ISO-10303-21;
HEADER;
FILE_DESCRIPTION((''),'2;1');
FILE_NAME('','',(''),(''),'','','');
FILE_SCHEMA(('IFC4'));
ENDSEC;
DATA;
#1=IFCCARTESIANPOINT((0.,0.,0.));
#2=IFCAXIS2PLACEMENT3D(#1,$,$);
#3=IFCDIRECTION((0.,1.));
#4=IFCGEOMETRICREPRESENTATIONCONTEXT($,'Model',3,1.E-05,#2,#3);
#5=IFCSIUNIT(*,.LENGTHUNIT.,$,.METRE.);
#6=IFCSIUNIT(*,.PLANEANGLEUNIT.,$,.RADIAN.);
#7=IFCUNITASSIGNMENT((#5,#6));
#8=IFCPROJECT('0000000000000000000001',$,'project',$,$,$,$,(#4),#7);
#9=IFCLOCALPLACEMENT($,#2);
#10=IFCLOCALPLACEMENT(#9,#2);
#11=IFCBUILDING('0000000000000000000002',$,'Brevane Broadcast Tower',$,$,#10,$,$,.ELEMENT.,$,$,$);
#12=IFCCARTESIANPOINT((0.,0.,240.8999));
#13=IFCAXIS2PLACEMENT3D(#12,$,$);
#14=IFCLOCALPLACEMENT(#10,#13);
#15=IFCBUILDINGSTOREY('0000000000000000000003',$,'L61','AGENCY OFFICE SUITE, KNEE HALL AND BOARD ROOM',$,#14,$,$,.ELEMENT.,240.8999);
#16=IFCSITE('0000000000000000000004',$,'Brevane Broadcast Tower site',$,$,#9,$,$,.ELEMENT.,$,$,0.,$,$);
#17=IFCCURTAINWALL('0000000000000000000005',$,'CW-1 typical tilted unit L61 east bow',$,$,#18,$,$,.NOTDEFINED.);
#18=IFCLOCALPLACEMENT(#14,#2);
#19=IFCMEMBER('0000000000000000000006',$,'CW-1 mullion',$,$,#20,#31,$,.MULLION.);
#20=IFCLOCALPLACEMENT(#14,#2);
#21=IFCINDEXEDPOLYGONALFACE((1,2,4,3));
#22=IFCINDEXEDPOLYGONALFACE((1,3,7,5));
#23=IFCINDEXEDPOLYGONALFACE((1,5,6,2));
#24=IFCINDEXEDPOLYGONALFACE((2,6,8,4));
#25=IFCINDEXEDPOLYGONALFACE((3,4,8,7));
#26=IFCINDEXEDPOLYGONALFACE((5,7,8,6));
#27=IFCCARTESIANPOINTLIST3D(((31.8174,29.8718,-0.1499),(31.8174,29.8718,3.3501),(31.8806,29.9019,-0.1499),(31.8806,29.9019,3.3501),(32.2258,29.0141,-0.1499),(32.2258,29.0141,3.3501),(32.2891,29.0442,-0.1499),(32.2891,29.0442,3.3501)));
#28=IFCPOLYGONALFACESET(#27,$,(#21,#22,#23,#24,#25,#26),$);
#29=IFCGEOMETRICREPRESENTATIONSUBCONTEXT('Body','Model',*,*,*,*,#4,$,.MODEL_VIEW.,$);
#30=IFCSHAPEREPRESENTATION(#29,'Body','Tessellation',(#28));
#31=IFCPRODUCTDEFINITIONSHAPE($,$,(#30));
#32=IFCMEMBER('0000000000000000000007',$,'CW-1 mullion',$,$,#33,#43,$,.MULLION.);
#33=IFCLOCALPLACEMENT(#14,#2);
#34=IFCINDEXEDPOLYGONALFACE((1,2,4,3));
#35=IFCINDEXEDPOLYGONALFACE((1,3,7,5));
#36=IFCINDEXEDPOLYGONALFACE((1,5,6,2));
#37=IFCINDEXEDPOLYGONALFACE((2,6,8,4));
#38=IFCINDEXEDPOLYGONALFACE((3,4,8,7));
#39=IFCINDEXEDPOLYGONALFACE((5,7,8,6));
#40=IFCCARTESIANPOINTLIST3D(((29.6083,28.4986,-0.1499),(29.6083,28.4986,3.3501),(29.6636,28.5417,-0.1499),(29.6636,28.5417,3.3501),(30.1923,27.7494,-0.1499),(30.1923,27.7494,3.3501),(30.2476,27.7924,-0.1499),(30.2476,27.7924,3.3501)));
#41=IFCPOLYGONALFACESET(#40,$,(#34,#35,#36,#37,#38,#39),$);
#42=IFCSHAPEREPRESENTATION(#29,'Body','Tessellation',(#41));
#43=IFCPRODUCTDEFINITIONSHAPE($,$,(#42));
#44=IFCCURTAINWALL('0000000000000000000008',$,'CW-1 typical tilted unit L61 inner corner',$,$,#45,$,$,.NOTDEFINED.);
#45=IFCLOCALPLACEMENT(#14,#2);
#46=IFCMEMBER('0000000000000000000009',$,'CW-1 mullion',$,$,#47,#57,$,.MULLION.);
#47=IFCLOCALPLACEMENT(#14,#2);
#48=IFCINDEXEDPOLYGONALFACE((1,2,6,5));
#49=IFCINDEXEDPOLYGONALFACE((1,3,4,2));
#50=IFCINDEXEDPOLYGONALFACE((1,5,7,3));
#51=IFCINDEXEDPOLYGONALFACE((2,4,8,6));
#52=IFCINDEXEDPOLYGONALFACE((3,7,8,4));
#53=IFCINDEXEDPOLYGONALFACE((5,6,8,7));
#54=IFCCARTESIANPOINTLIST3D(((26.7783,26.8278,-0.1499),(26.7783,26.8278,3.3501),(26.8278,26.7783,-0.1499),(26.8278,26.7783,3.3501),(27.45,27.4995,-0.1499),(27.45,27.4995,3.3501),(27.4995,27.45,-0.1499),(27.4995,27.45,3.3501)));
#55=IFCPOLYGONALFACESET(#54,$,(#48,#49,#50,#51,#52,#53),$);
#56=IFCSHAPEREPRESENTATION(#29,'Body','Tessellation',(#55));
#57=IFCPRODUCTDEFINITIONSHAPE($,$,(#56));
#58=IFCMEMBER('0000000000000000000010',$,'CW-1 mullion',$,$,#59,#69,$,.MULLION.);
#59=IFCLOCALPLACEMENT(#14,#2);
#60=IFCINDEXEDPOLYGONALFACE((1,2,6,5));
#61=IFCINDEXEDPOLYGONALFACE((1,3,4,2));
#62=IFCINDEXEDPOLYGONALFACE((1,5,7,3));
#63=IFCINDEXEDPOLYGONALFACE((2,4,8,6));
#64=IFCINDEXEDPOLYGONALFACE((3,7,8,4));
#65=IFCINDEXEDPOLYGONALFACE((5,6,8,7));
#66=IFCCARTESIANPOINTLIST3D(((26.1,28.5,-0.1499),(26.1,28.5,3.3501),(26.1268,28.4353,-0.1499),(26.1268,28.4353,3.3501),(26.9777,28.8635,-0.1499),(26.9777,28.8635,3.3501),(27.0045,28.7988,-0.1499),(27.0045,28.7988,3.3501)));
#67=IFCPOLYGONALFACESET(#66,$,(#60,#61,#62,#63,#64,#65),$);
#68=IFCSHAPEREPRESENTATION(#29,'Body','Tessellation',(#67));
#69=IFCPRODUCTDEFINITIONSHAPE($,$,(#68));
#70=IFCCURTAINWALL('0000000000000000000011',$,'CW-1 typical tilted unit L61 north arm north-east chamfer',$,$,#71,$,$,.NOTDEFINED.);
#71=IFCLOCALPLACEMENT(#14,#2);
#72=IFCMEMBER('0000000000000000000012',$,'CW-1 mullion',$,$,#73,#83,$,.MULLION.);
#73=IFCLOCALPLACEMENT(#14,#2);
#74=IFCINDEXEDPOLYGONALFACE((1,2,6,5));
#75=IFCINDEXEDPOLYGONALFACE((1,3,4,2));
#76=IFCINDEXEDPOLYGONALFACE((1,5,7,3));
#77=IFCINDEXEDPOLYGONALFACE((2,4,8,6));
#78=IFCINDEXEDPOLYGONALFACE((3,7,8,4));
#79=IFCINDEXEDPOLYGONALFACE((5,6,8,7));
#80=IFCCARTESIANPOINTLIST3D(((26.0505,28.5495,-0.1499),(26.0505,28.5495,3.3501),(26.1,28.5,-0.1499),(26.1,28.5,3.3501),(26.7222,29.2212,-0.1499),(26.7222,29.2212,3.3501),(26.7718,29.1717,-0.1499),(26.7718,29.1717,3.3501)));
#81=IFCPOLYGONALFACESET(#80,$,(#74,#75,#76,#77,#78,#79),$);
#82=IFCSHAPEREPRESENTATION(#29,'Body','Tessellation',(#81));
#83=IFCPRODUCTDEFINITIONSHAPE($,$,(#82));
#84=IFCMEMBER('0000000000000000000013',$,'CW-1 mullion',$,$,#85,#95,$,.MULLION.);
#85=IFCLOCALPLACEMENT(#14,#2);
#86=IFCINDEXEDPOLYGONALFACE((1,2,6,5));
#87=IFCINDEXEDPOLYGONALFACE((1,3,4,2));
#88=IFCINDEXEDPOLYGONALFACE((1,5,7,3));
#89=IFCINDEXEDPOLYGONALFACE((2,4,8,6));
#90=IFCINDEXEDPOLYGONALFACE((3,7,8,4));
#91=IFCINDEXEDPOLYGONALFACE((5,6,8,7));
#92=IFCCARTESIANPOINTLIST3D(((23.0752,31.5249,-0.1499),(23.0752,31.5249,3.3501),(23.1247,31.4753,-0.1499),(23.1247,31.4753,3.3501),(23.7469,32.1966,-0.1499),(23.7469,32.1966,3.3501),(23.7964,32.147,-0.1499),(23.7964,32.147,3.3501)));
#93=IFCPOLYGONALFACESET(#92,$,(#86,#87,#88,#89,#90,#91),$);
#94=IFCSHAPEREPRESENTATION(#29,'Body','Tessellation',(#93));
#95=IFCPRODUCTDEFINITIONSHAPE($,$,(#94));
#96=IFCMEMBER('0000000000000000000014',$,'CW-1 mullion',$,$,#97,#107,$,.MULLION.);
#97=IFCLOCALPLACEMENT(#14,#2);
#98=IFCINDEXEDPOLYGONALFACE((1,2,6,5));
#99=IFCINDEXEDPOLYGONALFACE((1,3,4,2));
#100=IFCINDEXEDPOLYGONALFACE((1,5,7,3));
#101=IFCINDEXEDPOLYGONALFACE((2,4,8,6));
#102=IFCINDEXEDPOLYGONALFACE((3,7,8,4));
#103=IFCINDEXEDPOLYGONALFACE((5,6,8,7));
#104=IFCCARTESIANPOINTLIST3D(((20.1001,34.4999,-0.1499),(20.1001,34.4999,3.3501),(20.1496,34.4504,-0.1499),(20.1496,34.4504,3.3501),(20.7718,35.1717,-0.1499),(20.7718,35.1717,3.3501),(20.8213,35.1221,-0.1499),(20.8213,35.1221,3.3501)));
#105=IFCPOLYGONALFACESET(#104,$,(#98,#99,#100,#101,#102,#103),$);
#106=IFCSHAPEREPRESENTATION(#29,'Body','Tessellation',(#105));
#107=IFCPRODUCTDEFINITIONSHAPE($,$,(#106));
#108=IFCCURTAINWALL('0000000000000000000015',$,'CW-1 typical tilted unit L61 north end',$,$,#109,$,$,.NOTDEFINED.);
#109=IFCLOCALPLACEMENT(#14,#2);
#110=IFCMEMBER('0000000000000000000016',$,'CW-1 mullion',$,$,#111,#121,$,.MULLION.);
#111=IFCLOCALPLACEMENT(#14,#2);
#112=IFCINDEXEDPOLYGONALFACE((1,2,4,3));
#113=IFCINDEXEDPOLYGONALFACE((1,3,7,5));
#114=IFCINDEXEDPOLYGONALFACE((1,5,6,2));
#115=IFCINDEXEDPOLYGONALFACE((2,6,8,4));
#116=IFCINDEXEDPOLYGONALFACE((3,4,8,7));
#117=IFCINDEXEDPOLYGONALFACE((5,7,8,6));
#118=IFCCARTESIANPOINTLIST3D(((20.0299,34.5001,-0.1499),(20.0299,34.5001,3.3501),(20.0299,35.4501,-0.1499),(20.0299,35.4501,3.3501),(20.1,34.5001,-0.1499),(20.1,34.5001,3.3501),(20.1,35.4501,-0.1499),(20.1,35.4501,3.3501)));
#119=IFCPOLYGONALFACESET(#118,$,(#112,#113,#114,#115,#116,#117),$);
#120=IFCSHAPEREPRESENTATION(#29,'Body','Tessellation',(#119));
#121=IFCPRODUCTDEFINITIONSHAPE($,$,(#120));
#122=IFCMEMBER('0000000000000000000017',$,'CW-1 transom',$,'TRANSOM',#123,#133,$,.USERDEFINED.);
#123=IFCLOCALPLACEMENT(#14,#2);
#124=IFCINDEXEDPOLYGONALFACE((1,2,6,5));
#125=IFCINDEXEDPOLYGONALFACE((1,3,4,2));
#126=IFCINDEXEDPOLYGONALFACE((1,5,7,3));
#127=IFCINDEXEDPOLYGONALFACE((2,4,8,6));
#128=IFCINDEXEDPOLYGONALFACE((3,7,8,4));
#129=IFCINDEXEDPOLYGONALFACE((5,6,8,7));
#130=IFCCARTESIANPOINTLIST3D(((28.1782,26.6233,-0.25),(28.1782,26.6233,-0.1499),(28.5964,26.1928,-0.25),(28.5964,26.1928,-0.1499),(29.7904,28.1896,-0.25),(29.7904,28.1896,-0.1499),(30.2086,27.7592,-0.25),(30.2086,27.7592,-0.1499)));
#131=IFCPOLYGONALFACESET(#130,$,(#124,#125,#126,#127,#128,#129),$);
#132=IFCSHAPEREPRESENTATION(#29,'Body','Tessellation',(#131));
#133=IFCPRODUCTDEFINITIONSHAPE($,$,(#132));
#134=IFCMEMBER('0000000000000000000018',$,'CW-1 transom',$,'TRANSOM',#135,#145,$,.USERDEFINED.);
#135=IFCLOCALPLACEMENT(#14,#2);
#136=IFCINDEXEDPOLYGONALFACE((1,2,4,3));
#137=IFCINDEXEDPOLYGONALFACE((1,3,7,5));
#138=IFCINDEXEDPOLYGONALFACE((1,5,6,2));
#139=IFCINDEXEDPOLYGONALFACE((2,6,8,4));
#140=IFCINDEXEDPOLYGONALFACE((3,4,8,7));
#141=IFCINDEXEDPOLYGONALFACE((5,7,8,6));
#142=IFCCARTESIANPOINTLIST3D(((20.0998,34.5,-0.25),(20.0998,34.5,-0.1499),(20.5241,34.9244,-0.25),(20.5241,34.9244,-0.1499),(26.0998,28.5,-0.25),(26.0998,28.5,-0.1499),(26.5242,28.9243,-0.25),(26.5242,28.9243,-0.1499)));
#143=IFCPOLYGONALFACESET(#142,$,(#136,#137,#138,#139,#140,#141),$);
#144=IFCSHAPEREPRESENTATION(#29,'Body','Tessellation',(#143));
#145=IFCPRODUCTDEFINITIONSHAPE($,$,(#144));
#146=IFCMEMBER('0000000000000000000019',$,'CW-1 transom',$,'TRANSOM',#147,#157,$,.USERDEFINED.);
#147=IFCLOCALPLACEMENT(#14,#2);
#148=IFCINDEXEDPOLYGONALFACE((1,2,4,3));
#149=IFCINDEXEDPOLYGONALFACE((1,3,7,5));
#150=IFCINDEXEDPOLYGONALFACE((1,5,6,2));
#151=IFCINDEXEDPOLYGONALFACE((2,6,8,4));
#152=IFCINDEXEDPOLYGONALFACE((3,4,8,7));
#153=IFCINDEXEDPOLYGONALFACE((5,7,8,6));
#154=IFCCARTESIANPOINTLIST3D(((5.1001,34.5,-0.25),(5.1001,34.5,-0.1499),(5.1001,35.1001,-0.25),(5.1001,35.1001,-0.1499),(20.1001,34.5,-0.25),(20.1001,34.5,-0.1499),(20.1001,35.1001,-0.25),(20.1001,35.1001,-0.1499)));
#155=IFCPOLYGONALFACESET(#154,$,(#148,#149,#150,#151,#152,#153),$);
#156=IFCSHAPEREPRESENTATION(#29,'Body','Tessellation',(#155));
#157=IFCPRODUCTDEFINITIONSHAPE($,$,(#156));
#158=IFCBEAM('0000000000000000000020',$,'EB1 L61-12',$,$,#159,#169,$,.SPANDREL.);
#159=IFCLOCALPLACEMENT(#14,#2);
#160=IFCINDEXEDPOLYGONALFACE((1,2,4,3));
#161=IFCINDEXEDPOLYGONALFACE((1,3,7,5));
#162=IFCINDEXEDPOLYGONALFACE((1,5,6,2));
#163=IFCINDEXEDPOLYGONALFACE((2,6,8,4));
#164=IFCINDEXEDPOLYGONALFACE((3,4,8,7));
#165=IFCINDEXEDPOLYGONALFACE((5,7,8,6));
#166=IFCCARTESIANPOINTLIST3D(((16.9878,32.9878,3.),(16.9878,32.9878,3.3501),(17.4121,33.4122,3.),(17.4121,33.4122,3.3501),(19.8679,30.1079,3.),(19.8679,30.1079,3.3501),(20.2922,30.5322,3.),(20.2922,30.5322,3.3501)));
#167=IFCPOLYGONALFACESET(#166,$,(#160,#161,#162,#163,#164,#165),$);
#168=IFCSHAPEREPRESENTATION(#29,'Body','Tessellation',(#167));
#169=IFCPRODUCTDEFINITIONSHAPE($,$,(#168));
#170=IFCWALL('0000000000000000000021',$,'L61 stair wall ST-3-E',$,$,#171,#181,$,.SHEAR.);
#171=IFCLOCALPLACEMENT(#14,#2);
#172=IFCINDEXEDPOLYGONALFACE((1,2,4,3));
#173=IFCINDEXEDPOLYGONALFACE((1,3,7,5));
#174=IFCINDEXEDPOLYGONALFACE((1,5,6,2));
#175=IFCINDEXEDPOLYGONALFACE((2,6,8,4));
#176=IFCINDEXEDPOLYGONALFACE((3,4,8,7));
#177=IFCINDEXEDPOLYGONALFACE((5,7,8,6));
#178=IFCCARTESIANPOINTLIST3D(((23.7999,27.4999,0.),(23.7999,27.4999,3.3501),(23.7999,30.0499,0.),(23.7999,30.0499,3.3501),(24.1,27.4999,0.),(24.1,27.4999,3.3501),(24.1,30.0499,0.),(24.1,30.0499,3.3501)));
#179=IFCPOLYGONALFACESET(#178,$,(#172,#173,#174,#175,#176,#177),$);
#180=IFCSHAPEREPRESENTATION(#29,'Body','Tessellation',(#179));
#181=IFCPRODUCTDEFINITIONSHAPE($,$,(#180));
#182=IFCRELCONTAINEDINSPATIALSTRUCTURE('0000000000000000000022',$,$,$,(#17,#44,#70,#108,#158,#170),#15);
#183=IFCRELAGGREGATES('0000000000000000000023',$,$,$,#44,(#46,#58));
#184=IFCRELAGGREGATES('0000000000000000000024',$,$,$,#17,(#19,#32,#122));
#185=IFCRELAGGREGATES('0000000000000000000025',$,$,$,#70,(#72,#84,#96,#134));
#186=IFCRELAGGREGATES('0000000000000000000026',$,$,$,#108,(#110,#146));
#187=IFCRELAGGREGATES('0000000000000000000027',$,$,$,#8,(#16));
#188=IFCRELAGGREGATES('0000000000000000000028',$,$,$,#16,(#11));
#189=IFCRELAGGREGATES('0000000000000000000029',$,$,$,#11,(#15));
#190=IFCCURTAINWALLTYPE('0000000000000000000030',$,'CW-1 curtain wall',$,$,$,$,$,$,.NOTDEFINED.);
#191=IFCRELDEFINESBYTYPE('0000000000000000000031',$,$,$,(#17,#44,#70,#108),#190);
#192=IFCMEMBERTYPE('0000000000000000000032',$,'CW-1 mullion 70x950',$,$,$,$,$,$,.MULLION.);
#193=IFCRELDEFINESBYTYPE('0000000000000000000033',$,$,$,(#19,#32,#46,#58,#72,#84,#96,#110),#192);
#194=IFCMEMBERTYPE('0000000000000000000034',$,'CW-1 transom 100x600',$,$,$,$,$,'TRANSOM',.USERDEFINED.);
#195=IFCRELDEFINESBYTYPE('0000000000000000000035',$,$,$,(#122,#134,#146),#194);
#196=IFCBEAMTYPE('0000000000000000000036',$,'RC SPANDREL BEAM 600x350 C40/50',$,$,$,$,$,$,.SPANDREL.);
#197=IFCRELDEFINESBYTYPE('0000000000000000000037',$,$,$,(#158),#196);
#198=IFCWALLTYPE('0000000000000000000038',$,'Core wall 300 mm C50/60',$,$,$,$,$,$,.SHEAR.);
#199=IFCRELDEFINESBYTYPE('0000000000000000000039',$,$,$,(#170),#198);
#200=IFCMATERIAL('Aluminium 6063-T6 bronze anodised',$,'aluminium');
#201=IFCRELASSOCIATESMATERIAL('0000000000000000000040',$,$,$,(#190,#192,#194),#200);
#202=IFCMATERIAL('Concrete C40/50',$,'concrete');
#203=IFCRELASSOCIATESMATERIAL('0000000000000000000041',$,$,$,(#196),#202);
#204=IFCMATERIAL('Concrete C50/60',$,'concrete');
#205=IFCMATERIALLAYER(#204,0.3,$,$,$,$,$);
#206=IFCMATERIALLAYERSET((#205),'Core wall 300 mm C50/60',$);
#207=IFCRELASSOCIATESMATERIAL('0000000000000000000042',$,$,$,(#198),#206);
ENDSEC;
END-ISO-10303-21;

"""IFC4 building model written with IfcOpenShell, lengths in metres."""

from ifc_helpers import new_model, si_unit, direction, frame, frame_2d, origin, origin_2d, place, context, subcontext, project, spatial, rectangle, extrude, material, layer, layer_set, material_profile, profile_set, type_object, element, aggregate, save


model = new_model("IFC4")

# Units and contexts
model_context = context("Model", 3, precision=1e-05, world=origin(), true_north=direction((0.0, 1.0)))
body_context = subcontext(model_context, "Body", "Model", "MODEL_VIEW")
ifc_project = project(units=[si_unit("LENGTHUNIT", "METRE"), si_unit("PLANEANGLEUNIT", "RADIAN")], contexts=[model_context])

# Site, building, storey
site_placement = place(None, origin())
site = spatial("IfcSite", under=ifc_project, at=site_placement, Name="Brevane Broadcast Tower site", CompositionType="ELEMENT", RefElevation=0.0)
building_placement = place(site_placement, origin())
building = spatial("IfcBuilding", under=site, at=building_placement, Name="Brevane Broadcast Tower", CompositionType="ELEMENT")
storey_placement = place(building_placement, frame((0.0, 0.0, 240.8999)))
storey = spatial("IfcBuildingStorey", under=building, at=storey_placement, Name="L61", Description="AGENCY OFFICE SUITE, KNEE HALL AND BOARD ROOM", CompositionType="ELEMENT", Elevation=240.8999)

# Curtain walls, members
ifc_material_1 = material(Name="Aluminium 6063-T6 bronze anodised", Category="aluminium")
curtain_wall_type = type_object("IfcCurtainWallType", Name="CW-1 curtain wall", PredefinedType="NOTDEFINED", material=ifc_material_1)
curtain_wall_1_placement = place(storey_placement, origin())
curtain_wall_1 = element("IfcCurtainWall", 1, at=curtain_wall_1_placement, inside=storey, type_object=curtain_wall_type, Name="CW-1 typical tilted unit L61 east bow", PredefinedType="NOTDEFINED")
ifc_material_profile_1 = material_profile(ifc_material_1, rectangle(XDim=0.95, YDim=0.0701, at=origin_2d()), Name="RECT 70x950")
ifc_profile_set_1 = profile_set([ifc_material_profile_1], Name="Aluminium 6063-T6 bronze anodised")
member_type_1 = type_object("IfcMemberType", Name="CW-1 mullion 70x950", PredefinedType="MULLION", material=ifc_profile_set_1)
member_1_placement = place(storey_placement, frame((32.0532, 29.458, -0.1499), z_axis=(0.0, 0.0, 1.0), x_axis=(0.429934, -0.902861, 0.0)))
member_1 = element("IfcMember", 2, at=member_1_placement, type_object=member_type_1, Name="CW-1 mullion", PredefinedType="MULLION", context=body_context, shape_type="SweptSolid", body=[
    extrude(rectangle(XDim=0.95, YDim=0.0701, at=origin_2d()), origin(), (0.0, 0.0, 1.0), 3.5),
])
member_2_placement = place(storey_placement, frame((29.928, 28.1455, -0.1499), z_axis=(0.0, 0.0, 1.0), x_axis=(0.61477, -0.788707, 0.0)))
member_2 = element("IfcMember", 3, at=member_2_placement, type_object=member_type_1, Name="CW-1 mullion", PredefinedType="MULLION", context=body_context, shape_type="SweptSolid", body=[
    extrude(rectangle(XDim=0.95, YDim=0.0701, at=origin_2d()), origin(), (0.0, 0.0, 1.0), 3.5),
])
curtain_wall_2_placement = place(storey_placement, origin())
curtain_wall_2 = element("IfcCurtainWall", 4, at=curtain_wall_2_placement, inside=storey, type_object=curtain_wall_type, Name="CW-1 typical tilted unit L61 inner corner", PredefinedType="NOTDEFINED")
member_3_placement = place(storey_placement, frame((27.1389, 27.1389, -0.1499), z_axis=(0.0, 0.0, 1.0), x_axis=(-0.707107, -0.707107, 0.0)))
member_3 = element("IfcMember", 5, at=member_3_placement, type_object=member_type_1, Name="CW-1 mullion", PredefinedType="MULLION", context=body_context, shape_type="SweptSolid", body=[
    extrude(rectangle(XDim=0.95, YDim=0.0701, at=origin_2d()), origin(), (0.0, 0.0, 1.0), 3.5),
])
member_4_placement = place(storey_placement, frame((26.5522, 28.6494, -0.1499), z_axis=(0.0, 0.0, 1.0), x_axis=(-0.92388, -0.382683, 0.0)))
member_4 = element("IfcMember", 6, at=member_4_placement, type_object=member_type_1, Name="CW-1 mullion", PredefinedType="MULLION", context=body_context, shape_type="SweptSolid", body=[
    extrude(rectangle(XDim=0.95, YDim=0.0701, at=origin_2d()), origin(), (0.0, 0.0, 1.0), 3.5),
])
aggregate(curtain_wall_2, [member_3, member_4])
curtain_wall_3_placement = place(storey_placement, origin())
curtain_wall_3 = element("IfcCurtainWall", 7, at=curtain_wall_3_placement, inside=storey, type_object=curtain_wall_type, Name="CW-1 typical tilted unit L61 north arm north-east chamfer", PredefinedType="NOTDEFINED")
member_5_placement = place(storey_placement, frame((26.4111, 28.8606, -0.1499), z_axis=(0.0, 0.0, 1.0), x_axis=(-0.707107, -0.707107, 0.0)))
member_5 = element("IfcMember", 8, at=member_5_placement, type_object=member_type_1, Name="CW-1 mullion", PredefinedType="MULLION", context=body_context, shape_type="SweptSolid", body=[
    extrude(rectangle(XDim=0.95, YDim=0.0701, at=origin_2d()), origin(), (0.0, 0.0, 1.0), 3.5),
])
member_6_placement = place(storey_placement, frame((23.4358, 31.8359, -0.1499), z_axis=(0.0, 0.0, 1.0), x_axis=(-0.707107, -0.707107, 0.0)))
member_6 = element("IfcMember", 9, at=member_6_placement, type_object=member_type_1, Name="CW-1 mullion", PredefinedType="MULLION", context=body_context, shape_type="SweptSolid", body=[
    extrude(rectangle(XDim=0.95, YDim=0.0701, at=origin_2d()), origin(), (0.0, 0.0, 1.0), 3.5),
])
member_7_placement = place(storey_placement, frame((20.4607, 34.811, -0.1499), z_axis=(0.0, 0.0, 1.0), x_axis=(-0.707107, -0.707107, 0.0)))
member_7 = element("IfcMember", 10, at=member_7_placement, type_object=member_type_1, Name="CW-1 mullion", PredefinedType="MULLION", context=body_context, shape_type="SweptSolid", body=[
    extrude(rectangle(XDim=0.95, YDim=0.0701, at=origin_2d()), origin(), (0.0, 0.0, 1.0), 3.5),
])

# Curtain wall, member
curtain_wall_4_placement = place(storey_placement, origin())
curtain_wall_4 = element("IfcCurtainWall", 11, at=curtain_wall_4_placement, inside=storey, type_object=curtain_wall_type, Name="CW-1 typical tilted unit L61 north end", PredefinedType="NOTDEFINED")
member_8_placement = place(storey_placement, frame((20.0649, 34.9751, -0.1499), z_axis=(0.0, 0.0, 1.0), x_axis=(0.0, -1.0, 0.0)))
member_8 = element("IfcMember", 12, at=member_8_placement, type_object=member_type_1, Name="CW-1 mullion", PredefinedType="MULLION", context=body_context, shape_type="SweptSolid", body=[
    extrude(rectangle(XDim=0.95, YDim=0.0701, at=origin_2d()), origin(), (0.0, 0.0, 1.0), 3.5),
])

# Members
ifc_material_profile_2 = material_profile(ifc_material_1, rectangle(XDim=0.6001, YDim=0.1001, at=origin_2d()), Name="RECT 100x600")
ifc_profile_set_2 = profile_set([ifc_material_profile_2], Name="Aluminium 6063-T6 bronze anodised")
member_type_2 = type_object("IfcMemberType", Name="CW-1 transom 100x600", ElementType="TRANSOM", PredefinedType="USERDEFINED", material=ifc_profile_set_2)
member_9_placement = place(storey_placement, frame((29.9995, 27.9744, -0.2), z_axis=(-0.717242, -0.696824, 0.0), x_axis=(0.696824, -0.717242, 0.0)))
member_9 = element("IfcMember", 13, at=member_9_placement, type_object=member_type_2, Name="CW-1 transom", ObjectType="TRANSOM", PredefinedType="USERDEFINED", context=body_context, shape_type="SweptSolid", body=[
    extrude(rectangle(XDim=0.6001, YDim=0.1001, at=origin_2d()), origin(), (0.0, 0.0, 1.0), 2.2478),
])
aggregate(curtain_wall_1, [member_1, member_2, member_9])
member_10_placement = place(storey_placement, frame((26.312, 28.7122, -0.2), z_axis=(-0.707107, 0.707107, 0.0), x_axis=(-0.707107, -0.707107, 0.0)))
member_10 = element("IfcMember", 14, at=member_10_placement, type_object=member_type_2, Name="CW-1 transom", ObjectType="TRANSOM", PredefinedType="USERDEFINED", context=body_context, shape_type="SweptSolid", body=[
    extrude(rectangle(XDim=0.6001, YDim=0.1001, at=origin_2d()), origin(), (0.0, 0.0, 1.0), 8.4854),
])
aggregate(curtain_wall_3, [member_5, member_6, member_7, member_10])
member_11_placement = place(storey_placement, frame((20.1001, 34.8, -0.2), z_axis=(-1.0, 0.0, 0.0), x_axis=(0.0, -1.0, 0.0)))
member_11 = element("IfcMember", 15, at=member_11_placement, type_object=member_type_2, Name="CW-1 transom", ObjectType="TRANSOM", PredefinedType="USERDEFINED", context=body_context, shape_type="SweptSolid", body=[
    extrude(rectangle(XDim=0.6001, YDim=0.1001, at=origin_2d()), origin(), (0.0, 0.0, 1.0), 15.0),
])
aggregate(curtain_wall_4, [member_8, member_11])

# Beam
ifc_material_2 = material(Name="Concrete C40/50", Category="concrete")
ifc_material_profile_3 = material_profile(ifc_material_2, rectangle(XDim=0.6001, YDim=0.3501, at=origin_2d()), Name="RC 600x350")
ifc_profile_set_3 = profile_set([ifc_material_profile_3], Name="Concrete C40/50")
beam_type = type_object("IfcBeamType", Name="RC SPANDREL BEAM 600x350 C40/50", PredefinedType="SPANDREL", material=ifc_profile_set_3)
beam_placement = place(storey_placement, frame((20.0801, 30.3201, 3.175), z_axis=(-0.707137, 0.707077, 0.0), x_axis=(-0.707077, -0.707137, 0.0)))
element("IfcBeam", 16, at=beam_placement, inside=storey, type_object=beam_type, Name="EB1 L61-12", PredefinedType="SPANDREL", context=body_context, shape_type="SweptSolid", body=[
    extrude(rectangle(XDim=0.6001, YDim=0.3501, at=origin_2d()), origin(), (0.0, 0.0, 1.0), 4.073),
])

# Wall
ifc_material_3 = material(Name="Concrete C50/60", Category="concrete")
ifc_layer_1 = layer(ifc_material_3, 0.3)
ifc_layer_set_1 = layer_set([ifc_layer_1], Name="Core wall 300 mm C50/60")
wall_type_1 = type_object("IfcWallType", Name="Core wall 300 mm C50/60", PredefinedType="SHEAR", material=ifc_layer_set_1)
wall_1_placement = place(storey_placement, frame((23.95, 27.5, 0.0), z_axis=(0.0, 0.0, 1.0), x_axis=(0.0, 1.0, 0.0)))
element("IfcWall", 17, at=wall_1_placement, inside=storey, type_object=wall_type_1, Name="L61 stair wall ST-3-E", PredefinedType="SHEAR", context=body_context, shape_type="SweptSolid", body=[
    extrude(rectangle(XDim=2.55, YDim=0.3, at=frame_2d((1.2749, 0.0))), origin(), (0.0, 0.0, 1.0), 3.3501),
])

save(model, "model.ifc")
